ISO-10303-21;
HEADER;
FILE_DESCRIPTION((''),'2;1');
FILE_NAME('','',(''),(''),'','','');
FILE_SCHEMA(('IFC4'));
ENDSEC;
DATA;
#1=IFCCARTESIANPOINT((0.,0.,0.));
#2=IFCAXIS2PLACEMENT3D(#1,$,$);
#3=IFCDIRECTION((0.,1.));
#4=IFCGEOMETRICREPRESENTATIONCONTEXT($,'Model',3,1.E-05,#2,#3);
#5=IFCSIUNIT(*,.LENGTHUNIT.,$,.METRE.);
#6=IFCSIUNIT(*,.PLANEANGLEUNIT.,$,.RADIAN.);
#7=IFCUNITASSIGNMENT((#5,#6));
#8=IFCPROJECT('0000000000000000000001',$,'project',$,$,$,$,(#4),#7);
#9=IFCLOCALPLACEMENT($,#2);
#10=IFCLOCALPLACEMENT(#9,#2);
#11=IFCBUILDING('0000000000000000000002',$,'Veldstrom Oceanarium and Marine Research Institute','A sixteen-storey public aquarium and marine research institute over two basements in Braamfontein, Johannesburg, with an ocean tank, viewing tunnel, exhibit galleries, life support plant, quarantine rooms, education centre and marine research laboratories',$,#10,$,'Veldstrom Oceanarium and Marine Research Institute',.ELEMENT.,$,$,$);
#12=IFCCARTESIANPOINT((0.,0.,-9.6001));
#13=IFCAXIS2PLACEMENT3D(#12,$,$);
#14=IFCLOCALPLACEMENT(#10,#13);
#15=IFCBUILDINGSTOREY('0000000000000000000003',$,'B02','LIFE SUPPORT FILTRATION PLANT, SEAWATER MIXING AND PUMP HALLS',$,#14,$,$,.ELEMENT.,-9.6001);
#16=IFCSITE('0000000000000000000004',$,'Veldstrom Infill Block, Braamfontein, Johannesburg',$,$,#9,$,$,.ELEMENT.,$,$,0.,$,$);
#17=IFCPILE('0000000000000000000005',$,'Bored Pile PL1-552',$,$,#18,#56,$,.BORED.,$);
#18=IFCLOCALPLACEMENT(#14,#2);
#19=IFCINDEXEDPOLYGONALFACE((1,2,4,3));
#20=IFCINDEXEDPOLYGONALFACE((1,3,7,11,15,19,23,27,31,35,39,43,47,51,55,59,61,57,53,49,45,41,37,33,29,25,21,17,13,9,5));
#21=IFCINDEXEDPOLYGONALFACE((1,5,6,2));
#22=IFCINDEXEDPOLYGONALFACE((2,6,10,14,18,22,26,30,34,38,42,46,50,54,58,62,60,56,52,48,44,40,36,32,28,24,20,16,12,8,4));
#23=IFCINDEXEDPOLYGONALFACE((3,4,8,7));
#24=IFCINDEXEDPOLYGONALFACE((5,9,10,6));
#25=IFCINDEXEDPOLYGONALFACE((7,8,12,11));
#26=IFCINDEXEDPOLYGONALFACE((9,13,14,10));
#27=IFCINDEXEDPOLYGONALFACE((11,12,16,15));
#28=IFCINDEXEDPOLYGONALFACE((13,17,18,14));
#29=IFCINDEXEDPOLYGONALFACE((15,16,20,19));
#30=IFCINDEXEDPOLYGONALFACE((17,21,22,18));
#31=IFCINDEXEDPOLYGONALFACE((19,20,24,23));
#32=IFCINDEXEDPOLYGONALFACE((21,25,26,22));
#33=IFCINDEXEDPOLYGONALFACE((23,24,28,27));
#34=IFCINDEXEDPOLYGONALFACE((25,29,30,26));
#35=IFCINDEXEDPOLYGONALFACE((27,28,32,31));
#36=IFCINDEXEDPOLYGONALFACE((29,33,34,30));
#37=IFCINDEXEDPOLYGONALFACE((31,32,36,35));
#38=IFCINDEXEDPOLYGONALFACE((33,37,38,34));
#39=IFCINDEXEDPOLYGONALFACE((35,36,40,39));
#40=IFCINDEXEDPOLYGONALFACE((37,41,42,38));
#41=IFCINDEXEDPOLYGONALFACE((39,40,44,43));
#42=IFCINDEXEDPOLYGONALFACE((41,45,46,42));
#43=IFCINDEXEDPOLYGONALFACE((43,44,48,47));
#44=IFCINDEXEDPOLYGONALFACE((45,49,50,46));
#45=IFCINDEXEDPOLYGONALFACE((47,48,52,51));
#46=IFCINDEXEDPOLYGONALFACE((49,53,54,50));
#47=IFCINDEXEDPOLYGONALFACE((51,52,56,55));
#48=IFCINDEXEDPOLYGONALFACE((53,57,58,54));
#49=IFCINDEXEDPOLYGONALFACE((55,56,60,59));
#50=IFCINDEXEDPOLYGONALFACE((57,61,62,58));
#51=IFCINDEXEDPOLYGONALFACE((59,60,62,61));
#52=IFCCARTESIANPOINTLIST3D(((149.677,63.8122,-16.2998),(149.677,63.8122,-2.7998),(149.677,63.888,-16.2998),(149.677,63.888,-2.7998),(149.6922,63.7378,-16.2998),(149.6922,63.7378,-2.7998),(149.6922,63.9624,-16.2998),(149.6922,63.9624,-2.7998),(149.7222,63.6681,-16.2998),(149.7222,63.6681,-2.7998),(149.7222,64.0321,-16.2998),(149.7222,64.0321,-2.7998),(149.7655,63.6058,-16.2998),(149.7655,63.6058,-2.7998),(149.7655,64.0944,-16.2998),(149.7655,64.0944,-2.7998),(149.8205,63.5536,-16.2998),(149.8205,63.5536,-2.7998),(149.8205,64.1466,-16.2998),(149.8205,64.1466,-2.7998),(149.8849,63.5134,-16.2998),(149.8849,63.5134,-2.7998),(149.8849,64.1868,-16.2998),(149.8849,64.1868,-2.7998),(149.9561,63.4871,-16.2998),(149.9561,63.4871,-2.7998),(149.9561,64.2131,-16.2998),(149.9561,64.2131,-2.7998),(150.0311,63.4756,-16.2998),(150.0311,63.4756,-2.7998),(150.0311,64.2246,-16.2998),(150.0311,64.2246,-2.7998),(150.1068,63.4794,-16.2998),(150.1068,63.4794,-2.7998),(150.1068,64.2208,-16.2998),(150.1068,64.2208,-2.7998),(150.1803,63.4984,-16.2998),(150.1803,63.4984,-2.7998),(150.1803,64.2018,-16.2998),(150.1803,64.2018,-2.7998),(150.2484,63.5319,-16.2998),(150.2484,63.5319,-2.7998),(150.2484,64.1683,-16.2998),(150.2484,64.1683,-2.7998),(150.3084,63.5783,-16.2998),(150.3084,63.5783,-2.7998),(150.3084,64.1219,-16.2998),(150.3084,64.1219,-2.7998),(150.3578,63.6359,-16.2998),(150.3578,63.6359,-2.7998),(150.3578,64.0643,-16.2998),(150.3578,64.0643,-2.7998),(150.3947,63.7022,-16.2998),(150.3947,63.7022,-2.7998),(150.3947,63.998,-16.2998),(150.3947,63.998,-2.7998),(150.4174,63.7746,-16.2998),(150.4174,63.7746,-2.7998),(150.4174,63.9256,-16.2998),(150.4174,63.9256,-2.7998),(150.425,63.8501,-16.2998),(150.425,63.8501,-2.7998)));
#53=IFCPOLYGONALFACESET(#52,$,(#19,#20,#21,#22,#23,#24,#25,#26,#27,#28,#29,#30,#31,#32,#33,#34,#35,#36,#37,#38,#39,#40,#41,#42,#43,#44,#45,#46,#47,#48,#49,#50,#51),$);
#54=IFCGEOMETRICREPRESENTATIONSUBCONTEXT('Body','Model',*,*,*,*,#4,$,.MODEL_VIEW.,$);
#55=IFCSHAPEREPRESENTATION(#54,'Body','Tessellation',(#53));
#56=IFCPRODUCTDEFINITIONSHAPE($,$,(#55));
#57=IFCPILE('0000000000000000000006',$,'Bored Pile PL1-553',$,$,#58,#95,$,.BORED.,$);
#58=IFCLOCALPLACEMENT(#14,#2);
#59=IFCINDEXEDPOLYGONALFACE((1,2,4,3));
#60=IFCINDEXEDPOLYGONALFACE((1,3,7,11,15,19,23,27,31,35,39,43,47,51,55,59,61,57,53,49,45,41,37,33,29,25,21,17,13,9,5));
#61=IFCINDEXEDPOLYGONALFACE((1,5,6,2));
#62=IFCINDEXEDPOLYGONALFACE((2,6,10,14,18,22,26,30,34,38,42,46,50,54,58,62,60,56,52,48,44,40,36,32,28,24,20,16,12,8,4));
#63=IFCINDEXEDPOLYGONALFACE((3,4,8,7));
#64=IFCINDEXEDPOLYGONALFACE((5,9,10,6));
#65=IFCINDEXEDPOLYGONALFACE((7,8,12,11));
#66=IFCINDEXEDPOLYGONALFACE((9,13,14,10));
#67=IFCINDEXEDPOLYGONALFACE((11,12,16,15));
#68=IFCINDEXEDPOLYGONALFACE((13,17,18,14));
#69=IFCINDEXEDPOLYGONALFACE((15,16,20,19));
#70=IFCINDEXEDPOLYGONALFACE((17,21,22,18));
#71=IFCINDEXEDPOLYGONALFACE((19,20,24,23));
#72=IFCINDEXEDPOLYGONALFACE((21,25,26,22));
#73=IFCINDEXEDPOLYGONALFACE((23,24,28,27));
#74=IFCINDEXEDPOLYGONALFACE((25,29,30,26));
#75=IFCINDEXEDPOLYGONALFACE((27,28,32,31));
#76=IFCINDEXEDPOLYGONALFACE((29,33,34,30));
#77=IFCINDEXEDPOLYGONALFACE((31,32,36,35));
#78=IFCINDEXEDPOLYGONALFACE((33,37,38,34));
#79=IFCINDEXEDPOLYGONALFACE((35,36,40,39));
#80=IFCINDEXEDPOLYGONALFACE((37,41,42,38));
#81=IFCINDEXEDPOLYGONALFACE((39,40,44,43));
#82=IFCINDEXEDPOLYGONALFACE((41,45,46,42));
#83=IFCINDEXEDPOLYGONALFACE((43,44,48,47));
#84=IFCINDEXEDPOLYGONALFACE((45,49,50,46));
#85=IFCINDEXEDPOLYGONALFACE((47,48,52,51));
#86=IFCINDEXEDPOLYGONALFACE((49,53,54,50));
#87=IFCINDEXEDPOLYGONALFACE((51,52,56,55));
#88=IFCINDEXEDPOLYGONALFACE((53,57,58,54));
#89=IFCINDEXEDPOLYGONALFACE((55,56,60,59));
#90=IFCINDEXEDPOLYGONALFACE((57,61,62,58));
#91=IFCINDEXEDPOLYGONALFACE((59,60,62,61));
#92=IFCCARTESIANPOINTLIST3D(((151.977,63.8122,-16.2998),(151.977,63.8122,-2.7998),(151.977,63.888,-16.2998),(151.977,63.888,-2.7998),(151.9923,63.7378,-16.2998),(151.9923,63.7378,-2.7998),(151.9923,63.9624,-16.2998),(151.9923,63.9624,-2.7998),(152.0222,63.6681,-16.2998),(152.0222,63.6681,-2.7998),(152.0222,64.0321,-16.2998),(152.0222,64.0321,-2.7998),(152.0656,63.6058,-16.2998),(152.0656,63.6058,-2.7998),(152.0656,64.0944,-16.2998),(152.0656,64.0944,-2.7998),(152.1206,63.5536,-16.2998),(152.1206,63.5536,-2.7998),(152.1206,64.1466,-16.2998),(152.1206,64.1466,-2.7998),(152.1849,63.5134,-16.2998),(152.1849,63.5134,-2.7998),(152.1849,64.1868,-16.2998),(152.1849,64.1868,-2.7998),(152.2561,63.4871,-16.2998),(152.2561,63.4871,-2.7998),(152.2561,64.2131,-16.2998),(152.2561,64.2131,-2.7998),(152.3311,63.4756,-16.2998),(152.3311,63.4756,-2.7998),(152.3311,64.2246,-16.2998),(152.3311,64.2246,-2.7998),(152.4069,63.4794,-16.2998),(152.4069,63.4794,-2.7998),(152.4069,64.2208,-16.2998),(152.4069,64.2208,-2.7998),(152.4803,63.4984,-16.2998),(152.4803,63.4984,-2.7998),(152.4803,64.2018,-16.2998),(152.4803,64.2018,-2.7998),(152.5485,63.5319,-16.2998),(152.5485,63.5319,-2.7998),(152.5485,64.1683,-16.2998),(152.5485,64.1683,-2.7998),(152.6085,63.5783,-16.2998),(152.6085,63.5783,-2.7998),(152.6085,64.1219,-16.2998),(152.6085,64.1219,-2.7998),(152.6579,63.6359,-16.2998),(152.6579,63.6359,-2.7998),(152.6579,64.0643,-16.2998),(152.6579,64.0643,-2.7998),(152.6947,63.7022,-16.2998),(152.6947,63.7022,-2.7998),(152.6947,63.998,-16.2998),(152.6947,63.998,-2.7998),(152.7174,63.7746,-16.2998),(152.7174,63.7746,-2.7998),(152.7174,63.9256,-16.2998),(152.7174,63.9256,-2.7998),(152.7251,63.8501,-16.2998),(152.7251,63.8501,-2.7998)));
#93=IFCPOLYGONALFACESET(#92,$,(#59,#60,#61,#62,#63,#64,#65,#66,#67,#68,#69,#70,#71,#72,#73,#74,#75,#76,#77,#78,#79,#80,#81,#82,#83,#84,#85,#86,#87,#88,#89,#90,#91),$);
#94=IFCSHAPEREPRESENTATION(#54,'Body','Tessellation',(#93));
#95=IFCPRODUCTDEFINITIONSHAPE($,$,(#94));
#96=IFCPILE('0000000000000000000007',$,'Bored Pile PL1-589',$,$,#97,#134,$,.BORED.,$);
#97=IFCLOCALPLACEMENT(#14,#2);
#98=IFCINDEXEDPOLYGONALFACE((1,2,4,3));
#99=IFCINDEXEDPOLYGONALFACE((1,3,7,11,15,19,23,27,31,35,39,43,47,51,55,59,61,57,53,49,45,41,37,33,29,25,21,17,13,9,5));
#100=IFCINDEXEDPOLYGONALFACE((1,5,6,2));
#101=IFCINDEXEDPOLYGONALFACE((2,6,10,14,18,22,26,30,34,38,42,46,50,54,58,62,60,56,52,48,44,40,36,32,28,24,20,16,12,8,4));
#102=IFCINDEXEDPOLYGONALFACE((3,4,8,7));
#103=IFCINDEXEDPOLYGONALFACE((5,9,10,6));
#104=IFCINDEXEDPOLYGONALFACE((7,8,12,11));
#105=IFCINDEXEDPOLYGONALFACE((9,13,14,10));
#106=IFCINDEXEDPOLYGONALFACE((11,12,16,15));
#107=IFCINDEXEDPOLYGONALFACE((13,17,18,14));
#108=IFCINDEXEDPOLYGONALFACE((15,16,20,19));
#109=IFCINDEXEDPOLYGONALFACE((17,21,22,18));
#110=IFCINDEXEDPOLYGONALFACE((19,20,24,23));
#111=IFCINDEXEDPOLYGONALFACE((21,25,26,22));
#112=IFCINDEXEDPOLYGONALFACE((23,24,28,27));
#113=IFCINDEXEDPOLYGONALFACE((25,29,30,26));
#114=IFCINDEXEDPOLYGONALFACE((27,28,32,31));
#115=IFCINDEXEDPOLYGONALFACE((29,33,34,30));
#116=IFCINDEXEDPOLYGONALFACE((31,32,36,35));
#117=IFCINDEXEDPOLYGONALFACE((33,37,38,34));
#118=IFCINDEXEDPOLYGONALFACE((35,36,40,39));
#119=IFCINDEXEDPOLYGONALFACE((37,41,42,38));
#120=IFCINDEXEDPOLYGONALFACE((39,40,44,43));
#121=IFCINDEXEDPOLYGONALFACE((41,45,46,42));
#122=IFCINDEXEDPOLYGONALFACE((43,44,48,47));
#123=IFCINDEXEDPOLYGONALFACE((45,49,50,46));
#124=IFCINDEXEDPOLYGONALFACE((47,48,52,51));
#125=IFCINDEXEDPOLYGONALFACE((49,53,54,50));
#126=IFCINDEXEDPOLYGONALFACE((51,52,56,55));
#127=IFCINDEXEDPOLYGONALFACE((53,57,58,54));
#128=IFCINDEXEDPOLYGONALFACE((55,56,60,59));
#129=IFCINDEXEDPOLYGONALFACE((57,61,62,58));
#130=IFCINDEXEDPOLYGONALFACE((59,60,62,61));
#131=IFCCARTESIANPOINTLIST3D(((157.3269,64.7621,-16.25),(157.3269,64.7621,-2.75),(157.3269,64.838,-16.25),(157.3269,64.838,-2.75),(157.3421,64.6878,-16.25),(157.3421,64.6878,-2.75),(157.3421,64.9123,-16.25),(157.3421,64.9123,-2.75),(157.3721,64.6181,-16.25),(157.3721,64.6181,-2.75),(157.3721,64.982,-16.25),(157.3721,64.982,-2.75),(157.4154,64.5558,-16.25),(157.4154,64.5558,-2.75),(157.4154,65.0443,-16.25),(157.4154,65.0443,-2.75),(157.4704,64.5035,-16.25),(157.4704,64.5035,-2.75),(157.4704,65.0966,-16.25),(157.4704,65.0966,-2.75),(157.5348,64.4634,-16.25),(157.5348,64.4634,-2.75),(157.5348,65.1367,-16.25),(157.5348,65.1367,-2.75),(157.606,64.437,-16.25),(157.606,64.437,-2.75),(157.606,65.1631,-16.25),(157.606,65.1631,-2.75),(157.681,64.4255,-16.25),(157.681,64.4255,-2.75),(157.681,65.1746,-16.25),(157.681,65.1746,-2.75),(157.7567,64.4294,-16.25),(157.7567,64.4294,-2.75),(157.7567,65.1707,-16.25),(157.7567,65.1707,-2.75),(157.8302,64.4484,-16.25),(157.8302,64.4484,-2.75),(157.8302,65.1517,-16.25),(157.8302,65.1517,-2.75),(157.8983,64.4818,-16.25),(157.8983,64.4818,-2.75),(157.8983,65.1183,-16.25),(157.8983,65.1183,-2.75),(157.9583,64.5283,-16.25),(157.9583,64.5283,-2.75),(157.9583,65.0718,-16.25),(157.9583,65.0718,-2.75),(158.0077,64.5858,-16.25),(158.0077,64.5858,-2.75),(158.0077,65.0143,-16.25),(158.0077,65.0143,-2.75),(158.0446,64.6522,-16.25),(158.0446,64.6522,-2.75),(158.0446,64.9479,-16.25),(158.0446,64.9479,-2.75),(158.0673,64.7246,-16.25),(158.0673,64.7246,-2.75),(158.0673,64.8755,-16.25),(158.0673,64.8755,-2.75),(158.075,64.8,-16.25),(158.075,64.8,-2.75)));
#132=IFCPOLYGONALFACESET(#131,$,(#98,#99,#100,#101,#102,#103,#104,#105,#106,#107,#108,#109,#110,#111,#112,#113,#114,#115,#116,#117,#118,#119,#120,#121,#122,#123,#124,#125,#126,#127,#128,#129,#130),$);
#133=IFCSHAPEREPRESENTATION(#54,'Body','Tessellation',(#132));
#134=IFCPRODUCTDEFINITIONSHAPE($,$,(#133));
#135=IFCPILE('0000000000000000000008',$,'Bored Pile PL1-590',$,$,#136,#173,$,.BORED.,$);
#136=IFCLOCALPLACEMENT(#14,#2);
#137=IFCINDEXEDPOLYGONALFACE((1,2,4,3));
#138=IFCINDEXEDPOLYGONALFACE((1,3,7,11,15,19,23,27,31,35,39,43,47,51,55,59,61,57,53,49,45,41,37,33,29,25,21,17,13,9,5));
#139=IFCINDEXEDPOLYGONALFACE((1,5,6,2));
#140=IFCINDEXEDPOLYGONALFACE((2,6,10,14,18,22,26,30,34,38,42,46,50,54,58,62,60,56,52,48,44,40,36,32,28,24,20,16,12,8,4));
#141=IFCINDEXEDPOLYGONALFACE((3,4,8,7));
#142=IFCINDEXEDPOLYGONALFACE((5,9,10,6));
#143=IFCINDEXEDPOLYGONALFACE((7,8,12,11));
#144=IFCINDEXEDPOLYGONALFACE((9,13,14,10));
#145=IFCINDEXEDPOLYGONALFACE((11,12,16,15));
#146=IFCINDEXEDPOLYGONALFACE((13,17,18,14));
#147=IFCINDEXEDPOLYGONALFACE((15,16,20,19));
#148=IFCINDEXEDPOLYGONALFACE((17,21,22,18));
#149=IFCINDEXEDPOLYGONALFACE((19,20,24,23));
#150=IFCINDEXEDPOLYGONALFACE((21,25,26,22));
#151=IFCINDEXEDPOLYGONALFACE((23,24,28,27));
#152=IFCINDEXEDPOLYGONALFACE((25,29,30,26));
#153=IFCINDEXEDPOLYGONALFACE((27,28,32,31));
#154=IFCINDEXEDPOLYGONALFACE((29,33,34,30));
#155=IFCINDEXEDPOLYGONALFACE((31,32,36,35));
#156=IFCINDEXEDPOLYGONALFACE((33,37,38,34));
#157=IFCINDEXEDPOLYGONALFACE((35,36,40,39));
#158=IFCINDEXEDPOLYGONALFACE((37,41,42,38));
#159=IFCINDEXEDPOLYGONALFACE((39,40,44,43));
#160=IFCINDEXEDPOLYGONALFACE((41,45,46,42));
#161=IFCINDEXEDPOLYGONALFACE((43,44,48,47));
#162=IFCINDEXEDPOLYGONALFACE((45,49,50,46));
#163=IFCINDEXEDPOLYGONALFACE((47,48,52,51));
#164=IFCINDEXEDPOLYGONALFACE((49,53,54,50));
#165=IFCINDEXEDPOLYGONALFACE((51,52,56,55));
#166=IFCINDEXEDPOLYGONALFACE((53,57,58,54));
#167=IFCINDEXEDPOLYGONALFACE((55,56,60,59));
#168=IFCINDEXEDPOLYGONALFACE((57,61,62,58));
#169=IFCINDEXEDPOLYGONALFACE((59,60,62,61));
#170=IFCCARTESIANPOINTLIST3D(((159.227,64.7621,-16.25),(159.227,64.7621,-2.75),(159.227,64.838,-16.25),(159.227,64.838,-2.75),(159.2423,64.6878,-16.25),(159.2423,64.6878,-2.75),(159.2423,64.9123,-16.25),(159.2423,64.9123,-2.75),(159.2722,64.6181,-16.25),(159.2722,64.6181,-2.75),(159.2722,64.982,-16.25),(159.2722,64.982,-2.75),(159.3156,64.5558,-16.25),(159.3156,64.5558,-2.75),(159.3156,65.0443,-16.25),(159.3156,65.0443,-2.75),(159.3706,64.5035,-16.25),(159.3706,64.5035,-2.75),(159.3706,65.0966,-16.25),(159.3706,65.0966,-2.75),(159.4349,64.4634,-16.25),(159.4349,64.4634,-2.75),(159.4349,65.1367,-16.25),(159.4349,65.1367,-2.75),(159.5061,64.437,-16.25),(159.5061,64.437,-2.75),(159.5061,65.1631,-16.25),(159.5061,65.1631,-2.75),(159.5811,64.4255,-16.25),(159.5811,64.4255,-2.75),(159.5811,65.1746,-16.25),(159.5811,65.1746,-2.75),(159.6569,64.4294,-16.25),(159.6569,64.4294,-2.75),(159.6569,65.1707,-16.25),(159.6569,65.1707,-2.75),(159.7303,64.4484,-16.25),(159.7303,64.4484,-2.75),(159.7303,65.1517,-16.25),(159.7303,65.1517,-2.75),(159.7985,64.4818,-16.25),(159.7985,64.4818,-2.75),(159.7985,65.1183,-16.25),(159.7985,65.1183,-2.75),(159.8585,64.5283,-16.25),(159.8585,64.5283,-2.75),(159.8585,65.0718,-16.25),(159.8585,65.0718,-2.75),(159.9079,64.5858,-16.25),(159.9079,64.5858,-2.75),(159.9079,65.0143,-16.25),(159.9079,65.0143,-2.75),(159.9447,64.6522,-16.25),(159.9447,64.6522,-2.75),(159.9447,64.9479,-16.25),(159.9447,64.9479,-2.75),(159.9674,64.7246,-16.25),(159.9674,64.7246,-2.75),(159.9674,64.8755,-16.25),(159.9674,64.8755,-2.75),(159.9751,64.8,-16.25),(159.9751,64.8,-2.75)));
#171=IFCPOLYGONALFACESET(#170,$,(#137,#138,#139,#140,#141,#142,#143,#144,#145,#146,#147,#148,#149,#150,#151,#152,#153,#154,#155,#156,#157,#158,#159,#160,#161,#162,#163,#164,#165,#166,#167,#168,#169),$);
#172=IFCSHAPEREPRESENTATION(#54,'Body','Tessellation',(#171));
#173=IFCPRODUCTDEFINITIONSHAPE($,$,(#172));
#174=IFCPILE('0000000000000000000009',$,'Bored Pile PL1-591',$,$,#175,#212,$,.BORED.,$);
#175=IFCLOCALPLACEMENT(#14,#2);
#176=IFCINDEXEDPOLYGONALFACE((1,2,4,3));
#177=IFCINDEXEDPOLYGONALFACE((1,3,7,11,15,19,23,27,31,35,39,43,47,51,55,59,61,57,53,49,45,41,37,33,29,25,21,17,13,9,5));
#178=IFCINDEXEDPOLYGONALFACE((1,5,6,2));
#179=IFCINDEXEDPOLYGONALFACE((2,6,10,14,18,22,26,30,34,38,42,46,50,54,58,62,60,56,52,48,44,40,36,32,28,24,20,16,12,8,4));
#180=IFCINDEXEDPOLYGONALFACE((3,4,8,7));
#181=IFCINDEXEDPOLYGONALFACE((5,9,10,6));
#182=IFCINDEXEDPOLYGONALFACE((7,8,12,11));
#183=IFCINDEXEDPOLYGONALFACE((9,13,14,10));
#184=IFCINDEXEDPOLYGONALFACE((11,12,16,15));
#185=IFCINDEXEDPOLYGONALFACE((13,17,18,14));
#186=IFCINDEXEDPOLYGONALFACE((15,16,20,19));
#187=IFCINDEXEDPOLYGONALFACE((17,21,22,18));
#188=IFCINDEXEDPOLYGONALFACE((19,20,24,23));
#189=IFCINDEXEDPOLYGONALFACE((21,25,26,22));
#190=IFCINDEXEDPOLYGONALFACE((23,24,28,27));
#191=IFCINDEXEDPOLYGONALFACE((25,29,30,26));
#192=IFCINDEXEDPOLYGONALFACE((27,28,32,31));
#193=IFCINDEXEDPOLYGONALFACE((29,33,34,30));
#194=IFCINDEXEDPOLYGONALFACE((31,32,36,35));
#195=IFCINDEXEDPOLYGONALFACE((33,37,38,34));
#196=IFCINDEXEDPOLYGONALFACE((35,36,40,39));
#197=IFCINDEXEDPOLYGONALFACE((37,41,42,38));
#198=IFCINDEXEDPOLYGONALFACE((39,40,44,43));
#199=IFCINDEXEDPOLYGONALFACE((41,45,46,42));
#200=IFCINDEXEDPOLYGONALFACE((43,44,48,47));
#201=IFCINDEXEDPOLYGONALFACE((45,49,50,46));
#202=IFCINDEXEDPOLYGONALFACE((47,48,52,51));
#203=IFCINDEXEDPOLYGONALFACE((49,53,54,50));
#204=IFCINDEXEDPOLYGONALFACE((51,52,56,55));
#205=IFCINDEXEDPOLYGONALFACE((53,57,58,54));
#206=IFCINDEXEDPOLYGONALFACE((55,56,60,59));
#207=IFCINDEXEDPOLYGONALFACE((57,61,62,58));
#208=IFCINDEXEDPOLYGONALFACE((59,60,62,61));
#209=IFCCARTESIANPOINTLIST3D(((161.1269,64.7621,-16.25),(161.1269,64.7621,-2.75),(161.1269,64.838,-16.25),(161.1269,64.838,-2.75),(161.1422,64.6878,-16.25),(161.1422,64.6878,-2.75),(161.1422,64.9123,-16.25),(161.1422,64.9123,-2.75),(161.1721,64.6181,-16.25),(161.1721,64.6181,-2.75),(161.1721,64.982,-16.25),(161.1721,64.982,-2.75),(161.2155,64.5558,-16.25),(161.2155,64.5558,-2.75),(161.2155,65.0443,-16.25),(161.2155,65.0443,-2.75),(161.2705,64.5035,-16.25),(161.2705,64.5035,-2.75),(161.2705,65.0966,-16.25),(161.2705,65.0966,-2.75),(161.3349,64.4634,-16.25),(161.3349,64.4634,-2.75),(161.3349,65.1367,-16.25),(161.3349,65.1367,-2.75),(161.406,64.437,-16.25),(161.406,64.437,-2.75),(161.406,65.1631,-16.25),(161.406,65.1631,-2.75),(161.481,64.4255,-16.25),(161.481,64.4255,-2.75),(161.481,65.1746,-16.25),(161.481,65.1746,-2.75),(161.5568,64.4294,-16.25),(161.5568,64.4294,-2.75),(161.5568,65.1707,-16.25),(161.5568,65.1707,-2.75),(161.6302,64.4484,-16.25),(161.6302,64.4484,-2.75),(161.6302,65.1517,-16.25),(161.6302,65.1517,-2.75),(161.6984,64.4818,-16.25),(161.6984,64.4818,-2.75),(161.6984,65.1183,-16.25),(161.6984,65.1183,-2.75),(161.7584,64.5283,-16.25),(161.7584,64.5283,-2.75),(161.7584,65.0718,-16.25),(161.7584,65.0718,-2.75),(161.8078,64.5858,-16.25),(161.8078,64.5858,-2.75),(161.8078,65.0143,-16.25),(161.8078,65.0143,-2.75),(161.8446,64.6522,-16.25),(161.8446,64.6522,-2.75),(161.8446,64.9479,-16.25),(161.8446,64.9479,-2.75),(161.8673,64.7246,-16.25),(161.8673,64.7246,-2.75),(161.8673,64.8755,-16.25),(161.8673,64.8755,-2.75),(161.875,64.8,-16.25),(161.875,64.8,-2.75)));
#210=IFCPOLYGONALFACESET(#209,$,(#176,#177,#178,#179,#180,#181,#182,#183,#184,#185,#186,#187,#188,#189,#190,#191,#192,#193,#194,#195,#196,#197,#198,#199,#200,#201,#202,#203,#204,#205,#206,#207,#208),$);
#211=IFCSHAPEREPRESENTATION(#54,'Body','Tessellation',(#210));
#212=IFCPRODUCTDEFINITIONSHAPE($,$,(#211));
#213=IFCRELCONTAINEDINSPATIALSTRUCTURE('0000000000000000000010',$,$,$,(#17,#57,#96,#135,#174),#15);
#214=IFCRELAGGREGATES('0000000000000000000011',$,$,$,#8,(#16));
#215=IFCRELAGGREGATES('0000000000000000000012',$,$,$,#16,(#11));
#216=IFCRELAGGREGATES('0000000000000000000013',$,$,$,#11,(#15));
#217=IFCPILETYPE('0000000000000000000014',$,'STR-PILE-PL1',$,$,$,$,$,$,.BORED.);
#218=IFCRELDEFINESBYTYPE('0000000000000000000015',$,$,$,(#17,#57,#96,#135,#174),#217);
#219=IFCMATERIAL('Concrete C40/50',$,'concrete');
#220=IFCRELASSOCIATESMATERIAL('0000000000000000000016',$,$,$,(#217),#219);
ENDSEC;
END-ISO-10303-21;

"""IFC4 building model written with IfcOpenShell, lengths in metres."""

from ifc_helpers import new_model, si_unit, direction, frame, origin, origin_2d, place, context, subcontext, project, spatial, circle, extrude, material, material_profile, profile_set, type_object, element, save


model = new_model("IFC4")

# Units and contexts
model_context = context("Model", 3, precision=1e-05, world=origin(), true_north=direction((0.0, 1.0)))
body_context = subcontext(model_context, "Body", "Model", "MODEL_VIEW")
ifc_project = project(units=[si_unit("LENGTHUNIT", "METRE"), si_unit("PLANEANGLEUNIT", "RADIAN")], contexts=[model_context])

# Site, building, storey
site_placement = place(None, origin())
site = spatial("IfcSite", under=ifc_project, at=site_placement, Name="Veldstrom Infill Block, Braamfontein, Johannesburg", CompositionType="ELEMENT", RefElevation=0.0)
building_placement = place(site_placement, origin())
building = spatial("IfcBuilding", under=site, at=building_placement, Name="Veldstrom Oceanarium and Marine Research Institute", Description="A sixteen-storey public aquarium and marine research institute over two basements in Braamfontein, Johannesburg, with an ocean tank, viewing tunnel, exhibit galleries, life support plant, quarantine rooms, education centre and marine research laboratories", LongName="Veldstrom Oceanarium and Marine Research Institute", CompositionType="ELEMENT")
storey_placement = place(building_placement, frame((0.0, 0.0, -9.6001)))
storey = spatial("IfcBuildingStorey", under=building, at=storey_placement, Name="B02", Description="LIFE SUPPORT FILTRATION PLANT, SEAWATER MIXING AND PUMP HALLS", CompositionType="ELEMENT", Elevation=-9.6001)

# Piles
ifc_material_1 = material(Name="Concrete C40/50", Category="concrete")
ifc_material_profile_1 = material_profile(ifc_material_1, circle(Radius=0.375, at=origin_2d()), Name="PILE-D750")
ifc_profile_set_1 = profile_set([ifc_material_profile_1], Name="Concrete C40/50")
pile_type = type_object("IfcPileType", Name="STR-PILE-PL1", PredefinedType="BORED", material=ifc_profile_set_1)
for number, where, z_axis, x_axis, name in (
    (1, (150.05, 63.8501, -2.7998), (0.0, 0.0, -1.0), (1.0, 0.0, 0.0), "Bored Pile PL1-552"),
    (2, (152.3501, 63.8501, -2.7998), (0.0, 0.0, -1.0), (1.0, 0.0, 0.0), "Bored Pile PL1-553"),
    (3, (157.7, 64.8, -2.75), (0.0, 0.0, -1.0), (1.0, 0.0, 0.0), "Bored Pile PL1-589"),
    (4, (159.6001, 64.8, -2.75), (0.0, 0.0, -1.0), (1.0, 0.0, 0.0), "Bored Pile PL1-590"),
    (5, (161.5, 64.8, -2.75), (0.0, 0.0, -1.0), (1.0, 0.0, 0.0), "Bored Pile PL1-591"),
):
    element("IfcPile", number, at=place(storey_placement, frame(where, z_axis=z_axis, x_axis=x_axis)), inside=storey, type_object=pile_type, Name=name, PredefinedType="BORED", context=body_context, shape_type="SweptSolid", body=[
        extrude(circle(Radius=0.375, at=origin_2d()), origin(), (0.0, 0.0, 1.0), 13.5),
    ])

save(model, "model.ifc")
